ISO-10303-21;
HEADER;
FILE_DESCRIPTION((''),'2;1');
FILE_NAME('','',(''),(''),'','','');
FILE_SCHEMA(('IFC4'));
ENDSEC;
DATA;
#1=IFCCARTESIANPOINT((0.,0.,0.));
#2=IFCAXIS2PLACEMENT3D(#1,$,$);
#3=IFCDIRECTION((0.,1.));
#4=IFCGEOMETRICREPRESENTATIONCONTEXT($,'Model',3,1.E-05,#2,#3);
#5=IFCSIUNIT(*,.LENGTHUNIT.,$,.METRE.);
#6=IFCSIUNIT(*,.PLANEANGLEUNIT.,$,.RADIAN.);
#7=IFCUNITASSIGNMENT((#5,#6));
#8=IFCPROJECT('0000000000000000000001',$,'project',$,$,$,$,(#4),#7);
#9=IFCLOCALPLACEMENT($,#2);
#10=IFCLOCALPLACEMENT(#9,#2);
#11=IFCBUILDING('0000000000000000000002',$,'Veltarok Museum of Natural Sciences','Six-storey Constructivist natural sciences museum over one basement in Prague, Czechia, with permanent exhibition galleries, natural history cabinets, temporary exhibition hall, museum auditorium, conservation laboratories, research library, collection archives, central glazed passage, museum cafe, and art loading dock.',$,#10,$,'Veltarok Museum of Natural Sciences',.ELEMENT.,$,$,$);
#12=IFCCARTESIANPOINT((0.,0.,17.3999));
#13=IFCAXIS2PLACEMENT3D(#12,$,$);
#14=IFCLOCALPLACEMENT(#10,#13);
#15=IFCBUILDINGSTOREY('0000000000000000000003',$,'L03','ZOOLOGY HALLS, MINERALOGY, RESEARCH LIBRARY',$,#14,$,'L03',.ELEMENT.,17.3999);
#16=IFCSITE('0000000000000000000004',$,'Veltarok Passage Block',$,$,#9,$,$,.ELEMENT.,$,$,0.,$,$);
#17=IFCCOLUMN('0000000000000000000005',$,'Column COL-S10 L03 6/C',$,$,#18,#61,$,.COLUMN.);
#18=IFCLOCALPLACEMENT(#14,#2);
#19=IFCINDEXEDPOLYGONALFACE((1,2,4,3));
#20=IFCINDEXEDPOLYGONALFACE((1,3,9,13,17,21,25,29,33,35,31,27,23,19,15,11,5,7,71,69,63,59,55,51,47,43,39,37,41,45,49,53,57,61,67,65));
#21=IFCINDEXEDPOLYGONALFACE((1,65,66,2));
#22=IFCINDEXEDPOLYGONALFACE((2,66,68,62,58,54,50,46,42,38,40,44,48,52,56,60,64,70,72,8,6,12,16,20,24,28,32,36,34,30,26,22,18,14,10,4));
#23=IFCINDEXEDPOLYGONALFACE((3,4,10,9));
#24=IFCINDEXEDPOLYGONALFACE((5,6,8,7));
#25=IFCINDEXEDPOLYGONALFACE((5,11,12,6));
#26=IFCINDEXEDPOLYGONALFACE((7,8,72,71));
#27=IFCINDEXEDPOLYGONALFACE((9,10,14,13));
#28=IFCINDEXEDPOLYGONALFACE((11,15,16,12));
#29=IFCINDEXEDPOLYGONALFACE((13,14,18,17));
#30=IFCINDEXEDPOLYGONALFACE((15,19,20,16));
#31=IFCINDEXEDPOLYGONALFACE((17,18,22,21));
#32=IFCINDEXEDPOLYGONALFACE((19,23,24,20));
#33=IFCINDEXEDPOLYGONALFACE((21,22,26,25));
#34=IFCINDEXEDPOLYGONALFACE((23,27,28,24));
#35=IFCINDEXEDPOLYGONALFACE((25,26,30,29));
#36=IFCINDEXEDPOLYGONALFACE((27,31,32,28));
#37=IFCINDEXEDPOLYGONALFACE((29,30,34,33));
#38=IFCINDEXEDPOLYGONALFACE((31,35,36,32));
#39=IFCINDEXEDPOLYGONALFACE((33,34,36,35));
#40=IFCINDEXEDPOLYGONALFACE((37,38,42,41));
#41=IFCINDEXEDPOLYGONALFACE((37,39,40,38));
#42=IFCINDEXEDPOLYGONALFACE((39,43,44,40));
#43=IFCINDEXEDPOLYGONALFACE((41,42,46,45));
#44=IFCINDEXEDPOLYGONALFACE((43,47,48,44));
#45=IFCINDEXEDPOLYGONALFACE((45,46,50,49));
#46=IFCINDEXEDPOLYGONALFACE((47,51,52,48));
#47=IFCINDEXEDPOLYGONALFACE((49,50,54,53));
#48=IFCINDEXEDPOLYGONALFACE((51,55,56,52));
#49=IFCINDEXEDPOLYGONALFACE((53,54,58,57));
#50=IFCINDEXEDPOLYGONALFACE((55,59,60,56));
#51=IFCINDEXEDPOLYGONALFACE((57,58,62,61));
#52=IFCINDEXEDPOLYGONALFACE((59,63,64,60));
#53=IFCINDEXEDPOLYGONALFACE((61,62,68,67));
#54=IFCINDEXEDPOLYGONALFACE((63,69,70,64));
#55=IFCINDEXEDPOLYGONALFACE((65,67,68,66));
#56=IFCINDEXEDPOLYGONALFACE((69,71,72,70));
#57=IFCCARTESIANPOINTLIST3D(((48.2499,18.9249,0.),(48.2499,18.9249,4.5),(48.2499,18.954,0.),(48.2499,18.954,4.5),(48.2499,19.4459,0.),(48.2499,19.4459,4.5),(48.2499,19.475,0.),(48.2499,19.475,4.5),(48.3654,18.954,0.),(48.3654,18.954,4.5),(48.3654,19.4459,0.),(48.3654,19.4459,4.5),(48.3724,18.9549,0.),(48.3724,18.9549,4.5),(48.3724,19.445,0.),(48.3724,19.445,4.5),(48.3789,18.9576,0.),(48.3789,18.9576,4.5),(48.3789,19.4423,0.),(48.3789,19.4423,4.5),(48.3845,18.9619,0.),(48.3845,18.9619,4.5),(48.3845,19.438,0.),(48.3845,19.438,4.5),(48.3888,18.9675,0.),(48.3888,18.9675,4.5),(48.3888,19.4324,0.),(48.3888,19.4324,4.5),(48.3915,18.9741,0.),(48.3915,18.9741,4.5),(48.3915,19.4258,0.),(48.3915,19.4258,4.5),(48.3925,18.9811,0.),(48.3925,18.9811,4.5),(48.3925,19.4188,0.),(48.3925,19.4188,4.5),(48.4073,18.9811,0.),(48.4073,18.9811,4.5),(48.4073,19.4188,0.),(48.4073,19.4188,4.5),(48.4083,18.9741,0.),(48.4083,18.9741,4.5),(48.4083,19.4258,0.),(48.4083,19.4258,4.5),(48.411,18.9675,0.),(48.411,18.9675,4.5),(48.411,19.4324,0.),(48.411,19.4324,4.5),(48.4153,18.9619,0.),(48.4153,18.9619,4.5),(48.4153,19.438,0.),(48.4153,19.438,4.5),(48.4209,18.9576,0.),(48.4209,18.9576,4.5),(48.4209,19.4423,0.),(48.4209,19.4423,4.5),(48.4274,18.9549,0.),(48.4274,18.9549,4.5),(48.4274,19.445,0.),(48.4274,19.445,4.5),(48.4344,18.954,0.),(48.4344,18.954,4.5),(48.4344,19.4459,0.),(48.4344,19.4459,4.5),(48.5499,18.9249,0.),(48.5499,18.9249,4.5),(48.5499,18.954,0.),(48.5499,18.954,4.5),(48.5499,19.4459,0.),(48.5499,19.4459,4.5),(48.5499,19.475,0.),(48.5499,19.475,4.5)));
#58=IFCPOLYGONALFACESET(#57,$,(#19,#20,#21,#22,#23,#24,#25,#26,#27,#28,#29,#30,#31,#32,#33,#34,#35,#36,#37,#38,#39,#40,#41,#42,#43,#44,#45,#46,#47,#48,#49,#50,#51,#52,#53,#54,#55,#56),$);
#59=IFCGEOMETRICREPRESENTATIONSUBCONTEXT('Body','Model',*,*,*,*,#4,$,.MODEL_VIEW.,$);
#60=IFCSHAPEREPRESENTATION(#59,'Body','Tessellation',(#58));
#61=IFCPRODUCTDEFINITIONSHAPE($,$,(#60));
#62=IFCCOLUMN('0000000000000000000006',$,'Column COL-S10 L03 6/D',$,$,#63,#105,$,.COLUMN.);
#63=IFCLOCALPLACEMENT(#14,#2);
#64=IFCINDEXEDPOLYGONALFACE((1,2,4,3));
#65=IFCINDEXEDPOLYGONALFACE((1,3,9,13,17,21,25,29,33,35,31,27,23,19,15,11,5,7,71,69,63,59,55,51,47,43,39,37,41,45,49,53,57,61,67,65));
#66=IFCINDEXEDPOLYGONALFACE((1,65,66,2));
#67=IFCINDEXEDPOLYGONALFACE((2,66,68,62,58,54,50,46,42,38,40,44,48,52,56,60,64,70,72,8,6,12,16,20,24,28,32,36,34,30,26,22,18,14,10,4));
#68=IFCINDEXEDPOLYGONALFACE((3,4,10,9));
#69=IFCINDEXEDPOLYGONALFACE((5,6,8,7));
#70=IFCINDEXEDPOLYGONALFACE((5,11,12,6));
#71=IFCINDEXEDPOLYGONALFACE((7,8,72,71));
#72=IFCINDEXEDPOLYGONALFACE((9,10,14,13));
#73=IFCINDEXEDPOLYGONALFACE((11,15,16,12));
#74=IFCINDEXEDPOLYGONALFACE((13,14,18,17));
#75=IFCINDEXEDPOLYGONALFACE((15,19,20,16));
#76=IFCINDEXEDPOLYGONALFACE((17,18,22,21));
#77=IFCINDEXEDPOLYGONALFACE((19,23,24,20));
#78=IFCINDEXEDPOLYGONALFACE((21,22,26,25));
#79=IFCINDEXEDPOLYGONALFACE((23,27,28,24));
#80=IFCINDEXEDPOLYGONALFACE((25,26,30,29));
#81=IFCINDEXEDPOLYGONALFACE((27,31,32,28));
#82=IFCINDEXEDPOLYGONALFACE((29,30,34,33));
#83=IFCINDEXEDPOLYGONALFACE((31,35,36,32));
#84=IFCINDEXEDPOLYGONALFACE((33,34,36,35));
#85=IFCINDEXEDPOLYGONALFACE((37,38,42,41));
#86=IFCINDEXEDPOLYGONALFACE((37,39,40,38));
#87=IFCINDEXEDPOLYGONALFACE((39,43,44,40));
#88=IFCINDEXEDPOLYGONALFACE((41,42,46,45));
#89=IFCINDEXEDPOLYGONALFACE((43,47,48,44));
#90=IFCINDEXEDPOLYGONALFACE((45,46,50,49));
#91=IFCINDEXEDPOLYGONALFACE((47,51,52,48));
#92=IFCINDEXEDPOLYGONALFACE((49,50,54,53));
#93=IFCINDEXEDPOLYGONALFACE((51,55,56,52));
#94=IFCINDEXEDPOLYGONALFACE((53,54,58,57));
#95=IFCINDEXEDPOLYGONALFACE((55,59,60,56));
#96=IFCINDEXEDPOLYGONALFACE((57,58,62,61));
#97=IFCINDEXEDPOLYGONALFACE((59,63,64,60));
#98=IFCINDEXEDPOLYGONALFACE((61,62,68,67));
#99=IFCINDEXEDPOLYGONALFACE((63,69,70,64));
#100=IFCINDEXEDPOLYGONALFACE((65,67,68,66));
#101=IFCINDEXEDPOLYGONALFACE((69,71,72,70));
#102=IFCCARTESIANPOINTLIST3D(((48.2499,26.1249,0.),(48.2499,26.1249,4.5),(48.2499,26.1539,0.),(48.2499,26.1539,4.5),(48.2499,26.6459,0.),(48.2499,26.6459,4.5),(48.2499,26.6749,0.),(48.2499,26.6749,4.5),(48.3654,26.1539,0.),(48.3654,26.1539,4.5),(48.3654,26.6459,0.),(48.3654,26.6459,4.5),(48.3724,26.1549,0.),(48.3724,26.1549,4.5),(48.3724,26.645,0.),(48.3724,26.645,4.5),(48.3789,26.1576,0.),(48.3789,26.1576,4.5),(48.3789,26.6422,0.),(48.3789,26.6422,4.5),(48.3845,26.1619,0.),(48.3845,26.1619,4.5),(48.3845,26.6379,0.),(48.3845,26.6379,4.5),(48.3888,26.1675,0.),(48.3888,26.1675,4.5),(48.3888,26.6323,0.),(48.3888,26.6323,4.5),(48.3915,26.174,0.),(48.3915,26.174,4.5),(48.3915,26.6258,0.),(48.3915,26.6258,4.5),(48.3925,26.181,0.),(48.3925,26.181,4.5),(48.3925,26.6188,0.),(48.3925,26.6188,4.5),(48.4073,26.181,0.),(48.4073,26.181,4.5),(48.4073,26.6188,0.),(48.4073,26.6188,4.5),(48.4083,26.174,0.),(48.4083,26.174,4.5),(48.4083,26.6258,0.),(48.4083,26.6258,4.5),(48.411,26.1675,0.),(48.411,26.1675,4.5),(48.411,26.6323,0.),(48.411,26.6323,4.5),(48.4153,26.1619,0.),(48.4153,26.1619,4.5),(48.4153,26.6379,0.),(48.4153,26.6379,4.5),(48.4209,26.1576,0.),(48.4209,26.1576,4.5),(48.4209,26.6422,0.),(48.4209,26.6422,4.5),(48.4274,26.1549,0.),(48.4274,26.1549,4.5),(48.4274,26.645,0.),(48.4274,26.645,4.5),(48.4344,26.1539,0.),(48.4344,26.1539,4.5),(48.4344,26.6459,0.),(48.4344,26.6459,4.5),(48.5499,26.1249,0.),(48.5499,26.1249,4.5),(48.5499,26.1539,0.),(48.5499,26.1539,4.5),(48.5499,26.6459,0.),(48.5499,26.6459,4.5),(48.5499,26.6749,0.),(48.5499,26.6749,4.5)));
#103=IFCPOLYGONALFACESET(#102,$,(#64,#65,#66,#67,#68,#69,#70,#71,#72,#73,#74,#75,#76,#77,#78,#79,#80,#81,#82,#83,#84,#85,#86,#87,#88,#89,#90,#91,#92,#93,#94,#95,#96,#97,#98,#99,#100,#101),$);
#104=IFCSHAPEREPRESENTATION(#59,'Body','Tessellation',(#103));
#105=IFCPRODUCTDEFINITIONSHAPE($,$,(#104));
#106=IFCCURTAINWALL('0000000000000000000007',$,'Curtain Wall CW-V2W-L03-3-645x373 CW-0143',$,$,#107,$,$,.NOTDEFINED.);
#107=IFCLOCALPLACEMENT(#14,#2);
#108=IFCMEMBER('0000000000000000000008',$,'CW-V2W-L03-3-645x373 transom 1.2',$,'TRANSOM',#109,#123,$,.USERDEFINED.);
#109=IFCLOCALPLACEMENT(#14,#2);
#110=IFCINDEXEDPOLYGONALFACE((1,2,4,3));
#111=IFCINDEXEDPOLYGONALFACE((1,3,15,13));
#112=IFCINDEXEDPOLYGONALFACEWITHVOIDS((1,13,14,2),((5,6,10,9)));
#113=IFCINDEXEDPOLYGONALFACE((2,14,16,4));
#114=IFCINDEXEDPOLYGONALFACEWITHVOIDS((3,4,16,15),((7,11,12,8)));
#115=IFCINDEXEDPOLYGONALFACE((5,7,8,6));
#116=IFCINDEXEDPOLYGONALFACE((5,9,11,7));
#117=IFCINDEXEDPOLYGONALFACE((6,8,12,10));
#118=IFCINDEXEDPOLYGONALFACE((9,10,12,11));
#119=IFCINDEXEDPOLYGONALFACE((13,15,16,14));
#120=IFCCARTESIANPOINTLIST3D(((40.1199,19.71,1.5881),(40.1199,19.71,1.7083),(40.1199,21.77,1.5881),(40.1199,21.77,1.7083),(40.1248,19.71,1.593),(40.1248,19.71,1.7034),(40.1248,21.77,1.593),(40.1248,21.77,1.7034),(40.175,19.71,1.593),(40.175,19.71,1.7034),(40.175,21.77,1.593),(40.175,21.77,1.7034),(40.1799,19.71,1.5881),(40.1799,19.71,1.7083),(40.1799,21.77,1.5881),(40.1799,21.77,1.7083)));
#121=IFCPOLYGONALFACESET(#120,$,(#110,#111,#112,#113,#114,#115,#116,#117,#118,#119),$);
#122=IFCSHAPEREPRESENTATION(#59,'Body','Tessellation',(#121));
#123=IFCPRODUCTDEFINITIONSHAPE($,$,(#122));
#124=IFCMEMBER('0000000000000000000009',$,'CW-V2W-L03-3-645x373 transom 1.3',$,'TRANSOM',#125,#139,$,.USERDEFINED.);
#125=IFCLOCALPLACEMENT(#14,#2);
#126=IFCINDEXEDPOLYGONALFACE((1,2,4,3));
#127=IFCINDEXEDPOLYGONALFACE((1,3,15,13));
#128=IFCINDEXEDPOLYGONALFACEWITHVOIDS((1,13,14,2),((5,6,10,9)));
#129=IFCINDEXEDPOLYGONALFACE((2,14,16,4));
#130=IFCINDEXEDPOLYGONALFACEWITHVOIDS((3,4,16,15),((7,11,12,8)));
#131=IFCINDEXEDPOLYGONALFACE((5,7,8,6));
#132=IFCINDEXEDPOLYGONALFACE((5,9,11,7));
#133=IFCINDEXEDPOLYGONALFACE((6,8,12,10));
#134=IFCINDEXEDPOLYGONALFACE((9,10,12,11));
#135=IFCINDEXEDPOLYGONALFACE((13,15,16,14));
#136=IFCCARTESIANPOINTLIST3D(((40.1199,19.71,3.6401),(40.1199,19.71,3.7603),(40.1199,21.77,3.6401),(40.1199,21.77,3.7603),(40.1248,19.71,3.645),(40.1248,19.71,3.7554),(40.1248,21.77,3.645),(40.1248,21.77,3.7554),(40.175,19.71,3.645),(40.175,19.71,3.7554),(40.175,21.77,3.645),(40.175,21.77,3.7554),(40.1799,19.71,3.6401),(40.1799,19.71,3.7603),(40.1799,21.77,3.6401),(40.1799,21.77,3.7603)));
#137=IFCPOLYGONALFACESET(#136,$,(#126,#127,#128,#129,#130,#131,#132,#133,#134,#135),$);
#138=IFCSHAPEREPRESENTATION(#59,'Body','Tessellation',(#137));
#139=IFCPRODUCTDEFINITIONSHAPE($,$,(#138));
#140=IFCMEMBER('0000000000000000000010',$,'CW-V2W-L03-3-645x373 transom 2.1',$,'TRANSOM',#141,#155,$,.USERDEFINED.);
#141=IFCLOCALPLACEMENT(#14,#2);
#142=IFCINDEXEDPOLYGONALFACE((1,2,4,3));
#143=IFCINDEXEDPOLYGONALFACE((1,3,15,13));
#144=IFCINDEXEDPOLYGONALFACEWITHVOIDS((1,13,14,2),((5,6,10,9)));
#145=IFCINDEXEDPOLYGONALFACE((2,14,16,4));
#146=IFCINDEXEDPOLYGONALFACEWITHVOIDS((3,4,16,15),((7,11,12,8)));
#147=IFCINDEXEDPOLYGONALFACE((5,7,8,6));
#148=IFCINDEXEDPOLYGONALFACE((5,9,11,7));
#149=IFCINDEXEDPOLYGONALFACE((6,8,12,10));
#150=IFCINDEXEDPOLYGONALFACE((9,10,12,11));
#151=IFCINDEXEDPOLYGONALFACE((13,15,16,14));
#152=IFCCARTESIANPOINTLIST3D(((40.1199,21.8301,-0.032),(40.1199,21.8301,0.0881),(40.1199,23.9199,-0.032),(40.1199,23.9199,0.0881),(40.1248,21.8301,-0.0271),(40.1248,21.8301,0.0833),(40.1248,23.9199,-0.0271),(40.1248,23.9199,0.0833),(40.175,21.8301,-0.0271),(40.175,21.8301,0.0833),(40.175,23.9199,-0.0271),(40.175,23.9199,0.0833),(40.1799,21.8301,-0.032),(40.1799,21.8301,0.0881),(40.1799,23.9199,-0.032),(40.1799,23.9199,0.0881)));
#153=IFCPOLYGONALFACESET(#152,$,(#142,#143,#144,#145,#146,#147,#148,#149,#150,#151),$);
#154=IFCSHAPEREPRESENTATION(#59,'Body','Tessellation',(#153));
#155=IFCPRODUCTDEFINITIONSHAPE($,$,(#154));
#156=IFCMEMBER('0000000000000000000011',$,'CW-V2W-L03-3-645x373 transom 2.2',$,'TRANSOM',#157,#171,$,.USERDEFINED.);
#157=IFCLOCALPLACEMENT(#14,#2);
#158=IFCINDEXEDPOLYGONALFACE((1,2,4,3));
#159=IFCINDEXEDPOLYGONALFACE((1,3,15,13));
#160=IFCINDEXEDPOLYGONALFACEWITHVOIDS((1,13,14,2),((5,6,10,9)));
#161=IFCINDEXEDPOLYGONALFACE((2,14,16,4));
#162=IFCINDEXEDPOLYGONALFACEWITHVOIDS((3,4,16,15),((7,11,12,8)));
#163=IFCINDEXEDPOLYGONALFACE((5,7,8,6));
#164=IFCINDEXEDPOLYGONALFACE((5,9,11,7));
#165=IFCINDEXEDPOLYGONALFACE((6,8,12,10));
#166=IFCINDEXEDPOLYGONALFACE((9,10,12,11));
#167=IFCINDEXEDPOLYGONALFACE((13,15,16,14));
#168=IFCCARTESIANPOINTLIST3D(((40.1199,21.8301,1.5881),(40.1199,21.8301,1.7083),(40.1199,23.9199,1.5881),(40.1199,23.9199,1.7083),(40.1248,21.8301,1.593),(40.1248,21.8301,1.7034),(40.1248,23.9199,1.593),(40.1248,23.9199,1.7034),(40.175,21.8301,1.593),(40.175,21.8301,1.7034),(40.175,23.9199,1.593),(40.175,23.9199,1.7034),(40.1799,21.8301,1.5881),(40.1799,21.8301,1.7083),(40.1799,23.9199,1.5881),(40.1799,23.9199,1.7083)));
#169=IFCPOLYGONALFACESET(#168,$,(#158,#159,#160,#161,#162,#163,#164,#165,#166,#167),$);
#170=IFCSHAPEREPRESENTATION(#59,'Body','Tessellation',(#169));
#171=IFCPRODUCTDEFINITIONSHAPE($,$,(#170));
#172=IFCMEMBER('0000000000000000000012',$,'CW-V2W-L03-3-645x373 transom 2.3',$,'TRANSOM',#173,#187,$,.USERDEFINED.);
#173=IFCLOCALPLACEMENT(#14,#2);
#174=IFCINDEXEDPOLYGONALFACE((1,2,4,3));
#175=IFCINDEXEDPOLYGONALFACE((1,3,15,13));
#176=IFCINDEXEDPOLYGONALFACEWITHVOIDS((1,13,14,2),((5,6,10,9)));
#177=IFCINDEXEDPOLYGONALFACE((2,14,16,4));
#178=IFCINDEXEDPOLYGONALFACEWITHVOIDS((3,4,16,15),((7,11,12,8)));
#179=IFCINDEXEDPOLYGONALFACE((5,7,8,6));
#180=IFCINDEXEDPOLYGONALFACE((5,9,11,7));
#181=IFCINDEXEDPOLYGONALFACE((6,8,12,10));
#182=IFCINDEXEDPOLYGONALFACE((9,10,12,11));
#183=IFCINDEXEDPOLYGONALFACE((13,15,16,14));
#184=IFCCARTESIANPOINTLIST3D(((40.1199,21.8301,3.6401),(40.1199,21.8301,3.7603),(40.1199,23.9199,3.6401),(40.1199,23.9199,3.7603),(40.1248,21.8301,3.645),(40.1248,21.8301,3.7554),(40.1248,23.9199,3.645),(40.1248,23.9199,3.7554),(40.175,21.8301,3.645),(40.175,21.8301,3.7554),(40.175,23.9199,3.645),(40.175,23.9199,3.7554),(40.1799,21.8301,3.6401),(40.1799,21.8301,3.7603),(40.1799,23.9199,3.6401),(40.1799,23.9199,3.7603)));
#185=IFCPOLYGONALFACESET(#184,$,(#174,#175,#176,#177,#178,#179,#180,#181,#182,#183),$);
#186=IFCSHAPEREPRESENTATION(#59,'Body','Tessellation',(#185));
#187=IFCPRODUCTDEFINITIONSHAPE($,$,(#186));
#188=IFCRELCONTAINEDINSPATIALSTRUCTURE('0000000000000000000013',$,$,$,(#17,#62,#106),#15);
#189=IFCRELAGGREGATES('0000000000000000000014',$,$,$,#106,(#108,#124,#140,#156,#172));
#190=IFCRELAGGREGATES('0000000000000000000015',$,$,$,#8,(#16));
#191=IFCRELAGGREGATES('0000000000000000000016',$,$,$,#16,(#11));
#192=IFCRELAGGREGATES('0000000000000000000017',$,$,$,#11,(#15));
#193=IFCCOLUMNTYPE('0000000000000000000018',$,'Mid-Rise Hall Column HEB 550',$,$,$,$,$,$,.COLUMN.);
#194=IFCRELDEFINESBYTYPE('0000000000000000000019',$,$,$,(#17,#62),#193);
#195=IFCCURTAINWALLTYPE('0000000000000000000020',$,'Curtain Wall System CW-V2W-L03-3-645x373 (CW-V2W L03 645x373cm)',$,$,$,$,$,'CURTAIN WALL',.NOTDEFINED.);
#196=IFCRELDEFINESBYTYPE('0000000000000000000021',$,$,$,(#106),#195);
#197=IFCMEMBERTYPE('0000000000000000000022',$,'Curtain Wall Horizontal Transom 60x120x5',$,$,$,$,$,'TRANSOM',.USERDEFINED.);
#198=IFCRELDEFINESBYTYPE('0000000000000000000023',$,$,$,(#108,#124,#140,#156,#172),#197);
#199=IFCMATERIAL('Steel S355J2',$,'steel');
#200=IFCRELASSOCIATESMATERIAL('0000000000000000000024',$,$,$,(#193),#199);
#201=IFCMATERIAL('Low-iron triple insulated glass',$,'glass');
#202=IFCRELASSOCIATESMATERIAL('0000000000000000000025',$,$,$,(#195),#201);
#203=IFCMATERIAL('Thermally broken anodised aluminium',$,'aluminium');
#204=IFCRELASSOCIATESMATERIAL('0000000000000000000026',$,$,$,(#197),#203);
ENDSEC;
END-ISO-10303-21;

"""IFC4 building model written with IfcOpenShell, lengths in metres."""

from ifc_helpers import new_model, si_unit, direction, frame, origin, origin_2d, place, context, subcontext, project, spatial, hollow_rectangle, i_section, extrude, material, material_profile, profile_set, type_object, element, aggregate, save


model = new_model("IFC4")

# Units and contexts
model_context = context("Model", 3, precision=1e-05, world=origin(), true_north=direction((0.0, 1.0)))
body_context = subcontext(model_context, "Body", "Model", "MODEL_VIEW")
ifc_project = project(units=[si_unit("LENGTHUNIT", "METRE"), si_unit("PLANEANGLEUNIT", "RADIAN")], contexts=[model_context])

# Site, building, storey
site_placement = place(None, origin())
site = spatial("IfcSite", under=ifc_project, at=site_placement, Name="Veltarok Passage Block", CompositionType="ELEMENT", RefElevation=0.0)
building_placement = place(site_placement, origin())
building = spatial("IfcBuilding", under=site, at=building_placement, Name="Veltarok Museum of Natural Sciences", Description="Six-storey Constructivist natural sciences museum over one basement in Prague, Czechia, with permanent exhibition galleries, natural history cabinets, temporary exhibition hall, museum auditorium, conservation laboratories, research library, collection archives, central glazed passage, museum cafe, and art loading dock.", LongName="Veltarok Museum of Natural Sciences", CompositionType="ELEMENT")
storey_placement = place(building_placement, frame((0.0, 0.0, 17.3999)))
storey = spatial("IfcBuildingStorey", under=building, at=storey_placement, Name="L03", Description="ZOOLOGY HALLS, MINERALOGY, RESEARCH LIBRARY", LongName="L03", CompositionType="ELEMENT", Elevation=17.3999)

# Columns
ifc_material_1 = material(Name="Steel S355J2", Category="steel")
ifc_material_profile_1 = material_profile(ifc_material_1, i_section(OverallWidth=0.3, OverallDepth=0.55, WebThickness=0.0149, FlangeThickness=0.0291, FilletRadius=0.0271, at=origin_2d()), Name="HEB 550")
ifc_profile_set_1 = profile_set([ifc_material_profile_1], Name="Steel S355J2")
column_type = type_object("IfcColumnType", Name="Mid-Rise Hall Column HEB 550", PredefinedType="COLUMN", material=ifc_profile_set_1)
for number, where, z_axis, x_axis, name in (
    (1, (48.3999, 19.2, 0.0), (0.0, 0.0, 1.0), (1.0, 0.0, 0.0), "Column COL-S10 L03 6/C"),
    (2, (48.3999, 26.3999, 0.0), (0.0, 0.0, 1.0), (1.0, 0.0, 0.0), "Column COL-S10 L03 6/D"),
):
    element("IfcColumn", number, at=place(storey_placement, frame(where, z_axis=z_axis, x_axis=x_axis)), inside=storey, type_object=column_type, Name=name, PredefinedType="COLUMN", context=body_context, shape_type="SweptSolid", body=[
        extrude(i_section(OverallWidth=0.3, OverallDepth=0.55, WebThickness=0.0149, FlangeThickness=0.0291, FilletRadius=0.0271, at=origin_2d()), origin(), (0.0, 0.0, 1.0), 4.5),
    ])

# Curtain wall, members
ifc_material_2 = material(Name="Low-iron triple insulated glass", Category="glass")
curtain_wall_type = type_object("IfcCurtainWallType", Name="Curtain Wall System CW-V2W-L03-3-645x373 (CW-V2W L03 645x373cm)", ElementType="CURTAIN WALL", PredefinedType="NOTDEFINED", material=ifc_material_2)
curtain_wall_placement = place(storey_placement, origin())
curtain_wall = element("IfcCurtainWall", 3, at=curtain_wall_placement, inside=storey, type_object=curtain_wall_type, Name="Curtain Wall CW-V2W-L03-3-645x373 CW-0143", PredefinedType="NOTDEFINED")
ifc_material_3 = material(Name="Thermally broken anodised aluminium", Category="aluminium")
ifc_material_profile_2 = material_profile(ifc_material_3, hollow_rectangle(XDim=0.0601, YDim=0.1201, WallThickness=0.0049, at=origin_2d()), Name="CW TRANSOM 60x120x5")
ifc_profile_set_2 = profile_set([ifc_material_profile_2], Name="Thermally broken anodised aluminium")
member_type_1 = type_object("IfcMemberType", Name="Curtain Wall Horizontal Transom 60x120x5", ElementType="TRANSOM", PredefinedType="USERDEFINED", material=ifc_profile_set_2)
member_1_placement = place(storey_placement, frame((40.1499, 19.71, 1.6482), z_axis=(0.0, 1.0, 0.0), x_axis=(-1.0, 0.0, 0.0)))
member_1 = element("IfcMember", 4, at=member_1_placement, type_object=member_type_1, Name="CW-V2W-L03-3-645x373 transom 1.2", ObjectType="TRANSOM", PredefinedType="USERDEFINED", context=body_context, shape_type="SweptSolid", body=[
    extrude(hollow_rectangle(XDim=0.0601, YDim=0.1201, WallThickness=0.0049, at=origin_2d()), origin(), (0.0, 0.0, 1.0), 2.0601),
])
member_2_placement = place(storey_placement, frame((40.1499, 19.71, 3.7002), z_axis=(0.0, 1.0, 0.0), x_axis=(-1.0, 0.0, 0.0)))
member_2 = element("IfcMember", 5, at=member_2_placement, type_object=member_type_1, Name="CW-V2W-L03-3-645x373 transom 1.3", ObjectType="TRANSOM", PredefinedType="USERDEFINED", context=body_context, shape_type="SweptSolid", body=[
    extrude(hollow_rectangle(XDim=0.0601, YDim=0.1201, WallThickness=0.0049, at=origin_2d()), origin(), (0.0, 0.0, 1.0), 2.0601),
])
member_3_placement = place(storey_placement, frame((40.1499, 21.8301, 0.0281), z_axis=(0.0, 1.0, 0.0), x_axis=(-1.0, 0.0, 0.0)))
member_3 = element("IfcMember", 6, at=member_3_placement, type_object=member_type_1, Name="CW-V2W-L03-3-645x373 transom 2.1", ObjectType="TRANSOM", PredefinedType="USERDEFINED", context=body_context, shape_type="SweptSolid", body=[
    extrude(hollow_rectangle(XDim=0.0601, YDim=0.1201, WallThickness=0.0049, at=origin_2d()), origin(), (0.0, 0.0, 1.0), 2.0898),
])
member_4_placement = place(storey_placement, frame((40.1499, 21.8301, 1.6482), z_axis=(0.0, 1.0, 0.0), x_axis=(-1.0, 0.0, 0.0)))
member_4 = element("IfcMember", 7, at=member_4_placement, type_object=member_type_1, Name="CW-V2W-L03-3-645x373 transom 2.2", ObjectType="TRANSOM", PredefinedType="USERDEFINED", context=body_context, shape_type="SweptSolid", body=[
    extrude(hollow_rectangle(XDim=0.0601, YDim=0.1201, WallThickness=0.0049, at=origin_2d()), origin(), (0.0, 0.0, 1.0), 2.0898),
])
member_5_placement = place(storey_placement, frame((40.1499, 21.8301, 3.7002), z_axis=(0.0, 1.0, 0.0), x_axis=(-1.0, 0.0, 0.0)))
member_5 = element("IfcMember", 8, at=member_5_placement, type_object=member_type_1, Name="CW-V2W-L03-3-645x373 transom 2.3", ObjectType="TRANSOM", PredefinedType="USERDEFINED", context=body_context, shape_type="SweptSolid", body=[
    extrude(hollow_rectangle(XDim=0.0601, YDim=0.1201, WallThickness=0.0049, at=origin_2d()), origin(), (0.0, 0.0, 1.0), 2.0898),
])

aggregate(curtain_wall, [member_1, member_2, member_3, member_4, member_5])

save(model, "model.ifc")
